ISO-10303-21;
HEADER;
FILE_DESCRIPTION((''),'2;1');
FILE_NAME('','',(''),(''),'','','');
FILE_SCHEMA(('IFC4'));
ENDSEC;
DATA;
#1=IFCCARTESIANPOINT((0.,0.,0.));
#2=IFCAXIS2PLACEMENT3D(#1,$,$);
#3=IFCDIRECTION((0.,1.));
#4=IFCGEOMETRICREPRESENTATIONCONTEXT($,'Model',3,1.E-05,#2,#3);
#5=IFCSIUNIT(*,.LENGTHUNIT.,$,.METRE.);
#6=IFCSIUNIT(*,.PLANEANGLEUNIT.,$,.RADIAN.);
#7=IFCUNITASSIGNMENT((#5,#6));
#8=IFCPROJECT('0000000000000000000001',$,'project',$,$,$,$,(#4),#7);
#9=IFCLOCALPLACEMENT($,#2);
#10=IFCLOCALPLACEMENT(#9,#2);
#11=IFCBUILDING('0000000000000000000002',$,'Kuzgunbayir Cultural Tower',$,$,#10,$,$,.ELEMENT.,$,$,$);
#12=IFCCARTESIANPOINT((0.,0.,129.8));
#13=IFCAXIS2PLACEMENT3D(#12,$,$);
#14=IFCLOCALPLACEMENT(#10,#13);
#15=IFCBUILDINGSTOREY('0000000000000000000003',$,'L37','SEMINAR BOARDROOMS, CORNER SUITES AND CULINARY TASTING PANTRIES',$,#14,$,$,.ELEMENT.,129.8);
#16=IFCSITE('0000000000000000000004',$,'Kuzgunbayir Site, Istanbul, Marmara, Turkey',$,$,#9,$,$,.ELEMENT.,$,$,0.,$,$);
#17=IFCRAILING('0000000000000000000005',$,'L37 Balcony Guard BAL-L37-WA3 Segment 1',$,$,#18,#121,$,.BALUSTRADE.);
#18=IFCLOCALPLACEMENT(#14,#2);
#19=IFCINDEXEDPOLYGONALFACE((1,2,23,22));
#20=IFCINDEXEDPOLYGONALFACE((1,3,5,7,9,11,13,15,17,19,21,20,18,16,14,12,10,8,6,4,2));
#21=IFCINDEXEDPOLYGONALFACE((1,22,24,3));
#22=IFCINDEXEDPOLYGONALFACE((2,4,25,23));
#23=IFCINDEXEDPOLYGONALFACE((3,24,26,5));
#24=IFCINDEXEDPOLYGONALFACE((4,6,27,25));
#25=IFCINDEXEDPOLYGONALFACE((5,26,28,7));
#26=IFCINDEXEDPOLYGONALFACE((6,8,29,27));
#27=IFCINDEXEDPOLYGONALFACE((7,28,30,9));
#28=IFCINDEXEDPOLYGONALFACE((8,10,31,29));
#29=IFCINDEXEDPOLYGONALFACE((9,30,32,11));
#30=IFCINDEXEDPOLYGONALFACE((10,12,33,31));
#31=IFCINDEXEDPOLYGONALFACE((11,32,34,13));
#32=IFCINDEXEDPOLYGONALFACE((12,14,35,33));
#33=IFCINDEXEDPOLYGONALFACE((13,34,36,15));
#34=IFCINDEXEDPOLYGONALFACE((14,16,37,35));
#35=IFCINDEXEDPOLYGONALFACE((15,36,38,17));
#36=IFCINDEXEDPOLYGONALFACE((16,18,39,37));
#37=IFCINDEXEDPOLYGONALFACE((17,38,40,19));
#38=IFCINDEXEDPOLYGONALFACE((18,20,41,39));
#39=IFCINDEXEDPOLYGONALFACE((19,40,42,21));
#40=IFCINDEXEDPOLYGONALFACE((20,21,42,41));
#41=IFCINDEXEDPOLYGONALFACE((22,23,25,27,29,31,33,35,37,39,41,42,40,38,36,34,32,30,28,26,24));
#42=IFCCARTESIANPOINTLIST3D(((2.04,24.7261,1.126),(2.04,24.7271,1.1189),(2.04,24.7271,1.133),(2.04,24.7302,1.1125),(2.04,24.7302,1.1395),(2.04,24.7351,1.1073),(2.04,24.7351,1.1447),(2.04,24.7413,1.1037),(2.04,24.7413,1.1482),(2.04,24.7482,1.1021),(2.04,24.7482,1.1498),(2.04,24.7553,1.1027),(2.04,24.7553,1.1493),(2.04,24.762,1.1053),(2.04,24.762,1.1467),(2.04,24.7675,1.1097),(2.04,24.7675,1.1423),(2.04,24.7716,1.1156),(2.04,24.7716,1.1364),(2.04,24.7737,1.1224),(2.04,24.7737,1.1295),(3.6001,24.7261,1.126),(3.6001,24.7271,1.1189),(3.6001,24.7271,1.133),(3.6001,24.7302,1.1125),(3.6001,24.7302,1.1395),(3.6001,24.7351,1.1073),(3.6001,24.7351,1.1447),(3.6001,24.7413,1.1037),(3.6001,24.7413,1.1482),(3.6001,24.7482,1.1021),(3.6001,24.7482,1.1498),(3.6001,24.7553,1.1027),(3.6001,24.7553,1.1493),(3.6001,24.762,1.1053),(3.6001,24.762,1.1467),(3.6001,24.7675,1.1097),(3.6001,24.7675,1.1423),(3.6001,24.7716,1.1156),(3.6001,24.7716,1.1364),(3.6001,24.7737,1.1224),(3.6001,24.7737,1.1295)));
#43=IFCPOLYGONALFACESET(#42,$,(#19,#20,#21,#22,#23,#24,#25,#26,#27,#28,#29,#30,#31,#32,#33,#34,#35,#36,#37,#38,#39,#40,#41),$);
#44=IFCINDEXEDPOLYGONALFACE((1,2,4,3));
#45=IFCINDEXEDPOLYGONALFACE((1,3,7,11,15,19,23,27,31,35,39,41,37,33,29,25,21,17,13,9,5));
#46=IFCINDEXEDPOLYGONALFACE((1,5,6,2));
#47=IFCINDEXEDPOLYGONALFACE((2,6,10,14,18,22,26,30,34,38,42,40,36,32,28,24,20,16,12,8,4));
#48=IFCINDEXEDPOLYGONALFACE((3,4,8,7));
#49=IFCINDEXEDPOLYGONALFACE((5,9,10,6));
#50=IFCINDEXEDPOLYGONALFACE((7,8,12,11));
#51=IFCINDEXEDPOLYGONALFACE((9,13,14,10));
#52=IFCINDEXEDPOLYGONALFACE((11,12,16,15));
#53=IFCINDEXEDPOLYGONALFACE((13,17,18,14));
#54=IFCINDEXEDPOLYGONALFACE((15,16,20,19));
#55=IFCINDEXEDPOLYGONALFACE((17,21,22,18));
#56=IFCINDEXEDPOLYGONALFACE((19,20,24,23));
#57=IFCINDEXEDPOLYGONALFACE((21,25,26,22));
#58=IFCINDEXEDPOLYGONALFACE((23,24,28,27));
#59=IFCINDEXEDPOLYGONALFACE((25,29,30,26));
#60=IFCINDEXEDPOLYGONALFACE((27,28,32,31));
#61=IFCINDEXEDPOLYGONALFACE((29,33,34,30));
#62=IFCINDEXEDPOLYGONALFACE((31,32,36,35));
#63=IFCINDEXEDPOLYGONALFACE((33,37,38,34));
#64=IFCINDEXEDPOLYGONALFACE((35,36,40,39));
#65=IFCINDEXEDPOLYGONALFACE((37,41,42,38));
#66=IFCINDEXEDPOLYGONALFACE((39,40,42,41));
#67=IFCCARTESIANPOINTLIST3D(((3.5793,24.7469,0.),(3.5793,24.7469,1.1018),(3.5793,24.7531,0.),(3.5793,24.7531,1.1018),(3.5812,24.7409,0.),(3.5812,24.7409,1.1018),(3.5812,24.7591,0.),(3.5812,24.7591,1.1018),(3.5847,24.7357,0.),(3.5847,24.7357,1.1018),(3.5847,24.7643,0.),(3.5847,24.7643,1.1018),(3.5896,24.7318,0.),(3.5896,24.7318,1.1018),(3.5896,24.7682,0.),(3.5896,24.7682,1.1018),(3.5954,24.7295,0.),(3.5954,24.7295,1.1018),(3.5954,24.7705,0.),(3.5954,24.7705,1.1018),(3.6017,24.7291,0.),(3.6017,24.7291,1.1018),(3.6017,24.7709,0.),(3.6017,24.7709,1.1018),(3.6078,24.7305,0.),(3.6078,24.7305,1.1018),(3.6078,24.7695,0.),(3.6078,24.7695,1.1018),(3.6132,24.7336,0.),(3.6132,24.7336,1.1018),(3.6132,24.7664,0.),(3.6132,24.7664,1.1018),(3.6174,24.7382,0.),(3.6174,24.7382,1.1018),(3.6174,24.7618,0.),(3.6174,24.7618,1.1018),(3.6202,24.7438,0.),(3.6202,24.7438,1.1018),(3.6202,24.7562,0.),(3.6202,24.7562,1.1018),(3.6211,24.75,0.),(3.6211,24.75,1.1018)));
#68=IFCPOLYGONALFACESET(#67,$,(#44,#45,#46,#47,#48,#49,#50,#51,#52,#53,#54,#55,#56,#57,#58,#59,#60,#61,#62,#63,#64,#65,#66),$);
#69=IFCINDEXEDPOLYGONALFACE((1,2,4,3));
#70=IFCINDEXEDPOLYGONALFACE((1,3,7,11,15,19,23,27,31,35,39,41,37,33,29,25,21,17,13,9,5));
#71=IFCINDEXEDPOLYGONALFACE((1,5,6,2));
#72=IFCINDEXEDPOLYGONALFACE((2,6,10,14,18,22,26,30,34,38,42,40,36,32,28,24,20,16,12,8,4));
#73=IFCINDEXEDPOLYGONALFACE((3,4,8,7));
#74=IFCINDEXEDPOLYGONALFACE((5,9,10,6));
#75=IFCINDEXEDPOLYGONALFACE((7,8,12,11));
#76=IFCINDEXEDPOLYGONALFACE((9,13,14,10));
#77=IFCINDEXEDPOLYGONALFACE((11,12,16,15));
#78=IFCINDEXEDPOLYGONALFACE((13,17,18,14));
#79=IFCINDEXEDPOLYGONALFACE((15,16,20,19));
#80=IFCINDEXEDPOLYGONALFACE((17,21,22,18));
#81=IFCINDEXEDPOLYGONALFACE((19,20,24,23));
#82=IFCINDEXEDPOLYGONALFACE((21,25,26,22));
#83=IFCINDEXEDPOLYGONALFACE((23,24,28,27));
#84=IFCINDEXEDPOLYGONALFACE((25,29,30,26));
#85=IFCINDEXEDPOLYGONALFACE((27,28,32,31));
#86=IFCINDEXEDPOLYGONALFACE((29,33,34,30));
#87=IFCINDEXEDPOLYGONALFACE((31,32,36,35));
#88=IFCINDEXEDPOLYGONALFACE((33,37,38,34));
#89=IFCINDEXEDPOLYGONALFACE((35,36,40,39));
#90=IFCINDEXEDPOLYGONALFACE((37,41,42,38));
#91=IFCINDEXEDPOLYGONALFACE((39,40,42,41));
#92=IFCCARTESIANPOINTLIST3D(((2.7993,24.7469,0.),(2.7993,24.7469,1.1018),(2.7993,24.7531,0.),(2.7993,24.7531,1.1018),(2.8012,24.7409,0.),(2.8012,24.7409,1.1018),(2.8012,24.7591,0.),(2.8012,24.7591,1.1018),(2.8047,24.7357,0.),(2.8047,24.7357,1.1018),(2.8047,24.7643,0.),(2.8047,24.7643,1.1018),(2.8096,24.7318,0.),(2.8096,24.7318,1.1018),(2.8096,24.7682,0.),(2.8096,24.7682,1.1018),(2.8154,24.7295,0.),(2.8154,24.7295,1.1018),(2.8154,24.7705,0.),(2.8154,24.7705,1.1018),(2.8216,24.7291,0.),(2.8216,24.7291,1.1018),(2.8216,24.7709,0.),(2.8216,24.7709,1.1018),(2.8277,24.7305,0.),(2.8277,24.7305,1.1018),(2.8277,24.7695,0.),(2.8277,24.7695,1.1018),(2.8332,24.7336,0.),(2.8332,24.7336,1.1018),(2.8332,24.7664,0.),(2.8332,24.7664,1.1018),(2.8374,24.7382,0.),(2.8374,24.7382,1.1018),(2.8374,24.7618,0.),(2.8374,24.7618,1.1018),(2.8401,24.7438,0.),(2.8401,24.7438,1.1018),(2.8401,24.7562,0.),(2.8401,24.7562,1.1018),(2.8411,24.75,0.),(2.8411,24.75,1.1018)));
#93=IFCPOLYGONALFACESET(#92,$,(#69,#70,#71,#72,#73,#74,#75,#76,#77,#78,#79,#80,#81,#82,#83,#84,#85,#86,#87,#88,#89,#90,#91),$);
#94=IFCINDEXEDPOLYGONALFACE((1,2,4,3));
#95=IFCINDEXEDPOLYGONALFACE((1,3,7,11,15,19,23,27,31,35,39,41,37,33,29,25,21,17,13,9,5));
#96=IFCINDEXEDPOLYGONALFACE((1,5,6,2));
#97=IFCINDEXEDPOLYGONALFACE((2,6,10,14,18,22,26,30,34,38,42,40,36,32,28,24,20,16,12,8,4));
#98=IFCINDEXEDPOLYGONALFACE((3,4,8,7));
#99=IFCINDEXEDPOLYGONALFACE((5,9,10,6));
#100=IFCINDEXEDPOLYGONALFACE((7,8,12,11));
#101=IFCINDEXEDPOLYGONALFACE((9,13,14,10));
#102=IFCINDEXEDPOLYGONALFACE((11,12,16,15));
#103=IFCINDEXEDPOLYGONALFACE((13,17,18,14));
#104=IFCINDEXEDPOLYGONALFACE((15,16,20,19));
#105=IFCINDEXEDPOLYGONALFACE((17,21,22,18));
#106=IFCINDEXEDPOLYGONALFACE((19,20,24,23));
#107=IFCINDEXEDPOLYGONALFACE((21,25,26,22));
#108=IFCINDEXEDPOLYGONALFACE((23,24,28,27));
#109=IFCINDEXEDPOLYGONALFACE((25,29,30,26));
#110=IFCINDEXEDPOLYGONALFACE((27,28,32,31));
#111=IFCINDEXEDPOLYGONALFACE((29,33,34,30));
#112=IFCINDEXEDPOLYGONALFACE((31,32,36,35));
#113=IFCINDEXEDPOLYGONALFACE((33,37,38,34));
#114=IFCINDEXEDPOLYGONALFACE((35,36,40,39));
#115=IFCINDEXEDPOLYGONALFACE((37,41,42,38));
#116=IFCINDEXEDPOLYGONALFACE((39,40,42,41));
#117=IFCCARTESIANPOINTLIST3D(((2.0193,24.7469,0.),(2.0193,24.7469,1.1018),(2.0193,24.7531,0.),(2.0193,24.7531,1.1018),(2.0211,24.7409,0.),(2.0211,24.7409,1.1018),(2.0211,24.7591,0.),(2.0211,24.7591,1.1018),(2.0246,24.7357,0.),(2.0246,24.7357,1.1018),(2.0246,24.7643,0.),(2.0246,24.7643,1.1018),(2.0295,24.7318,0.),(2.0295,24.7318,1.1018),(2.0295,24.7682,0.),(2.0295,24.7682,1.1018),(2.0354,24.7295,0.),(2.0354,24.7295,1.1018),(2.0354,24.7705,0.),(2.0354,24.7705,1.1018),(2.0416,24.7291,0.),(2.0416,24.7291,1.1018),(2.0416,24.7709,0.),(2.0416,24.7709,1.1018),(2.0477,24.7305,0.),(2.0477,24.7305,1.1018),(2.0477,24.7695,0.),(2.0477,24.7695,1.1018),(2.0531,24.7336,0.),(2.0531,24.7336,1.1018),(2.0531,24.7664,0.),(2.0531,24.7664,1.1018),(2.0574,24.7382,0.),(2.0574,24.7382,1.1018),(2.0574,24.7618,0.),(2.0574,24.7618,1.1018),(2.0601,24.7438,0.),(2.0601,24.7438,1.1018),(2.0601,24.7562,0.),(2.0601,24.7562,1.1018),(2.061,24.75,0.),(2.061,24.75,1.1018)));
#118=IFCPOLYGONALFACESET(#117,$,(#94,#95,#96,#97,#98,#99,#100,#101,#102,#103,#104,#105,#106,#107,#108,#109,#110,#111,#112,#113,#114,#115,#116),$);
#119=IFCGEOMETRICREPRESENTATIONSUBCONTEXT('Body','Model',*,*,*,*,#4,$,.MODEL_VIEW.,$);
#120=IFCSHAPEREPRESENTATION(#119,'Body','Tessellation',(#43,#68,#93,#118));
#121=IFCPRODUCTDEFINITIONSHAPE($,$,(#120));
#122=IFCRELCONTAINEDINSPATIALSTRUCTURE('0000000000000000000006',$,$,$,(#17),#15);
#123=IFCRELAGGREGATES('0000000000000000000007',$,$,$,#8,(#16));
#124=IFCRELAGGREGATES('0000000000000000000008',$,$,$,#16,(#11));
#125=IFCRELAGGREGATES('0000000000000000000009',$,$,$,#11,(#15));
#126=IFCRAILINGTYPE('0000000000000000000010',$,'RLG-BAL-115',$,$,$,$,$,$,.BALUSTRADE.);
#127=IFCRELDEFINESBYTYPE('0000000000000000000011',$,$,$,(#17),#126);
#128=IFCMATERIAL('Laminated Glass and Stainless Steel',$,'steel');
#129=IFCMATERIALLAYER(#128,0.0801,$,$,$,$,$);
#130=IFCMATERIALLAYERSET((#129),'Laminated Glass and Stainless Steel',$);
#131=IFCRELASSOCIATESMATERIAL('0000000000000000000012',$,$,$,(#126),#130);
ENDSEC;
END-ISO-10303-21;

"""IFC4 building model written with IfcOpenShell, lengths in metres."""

from ifc_helpers import new_model, si_unit, direction, frame, origin, origin_2d, place, context, subcontext, project, spatial, circle, extrude, material, layer, layer_set, type_object, element, save


model = new_model("IFC4")

# Units and contexts
model_context = context("Model", 3, precision=1e-05, world=origin(), true_north=direction((0.0, 1.0)))
body_context = subcontext(model_context, "Body", "Model", "MODEL_VIEW")
ifc_project = project(units=[si_unit("LENGTHUNIT", "METRE"), si_unit("PLANEANGLEUNIT", "RADIAN")], contexts=[model_context])

# Site, building, storey
site_placement = place(None, origin())
site = spatial("IfcSite", under=ifc_project, at=site_placement, Name="Kuzgunbayir Site, Istanbul, Marmara, Turkey", CompositionType="ELEMENT", RefElevation=0.0)
building_placement = place(site_placement, origin())
building = spatial("IfcBuilding", under=site, at=building_placement, Name="Kuzgunbayir Cultural Tower", CompositionType="ELEMENT")
storey_placement = place(building_placement, frame((0.0, 0.0, 129.8)))
storey = spatial("IfcBuildingStorey", under=building, at=storey_placement, Name="L37", Description="SEMINAR BOARDROOMS, CORNER SUITES AND CULINARY TASTING PANTRIES", CompositionType="ELEMENT", Elevation=129.8)

# Railing
ifc_material_1 = material(Name="Laminated Glass and Stainless Steel", Category="steel")
ifc_layer_1 = layer(ifc_material_1, 0.0801)
ifc_layer_set_1 = layer_set([ifc_layer_1], Name="Laminated Glass and Stainless Steel")
railing_type = type_object("IfcRailingType", Name="RLG-BAL-115", PredefinedType="BALUSTRADE", material=ifc_layer_set_1)
railing_1_placement = place(storey_placement, frame((3.6001, 24.75, 0.0)))
element("IfcRailing", 1, at=railing_1_placement, inside=storey, type_object=railing_type, Name="L37 Balcony Guard BAL-L37-WA3 Segment 1", PredefinedType="BALUSTRADE", context=body_context, shape_type="SweptSolid", body=[
    extrude(circle(Radius=0.0239, at=origin_2d()), frame((0.0, 0.0, 1.126), z_axis=(-1.0, 0.0, 0.0), x_axis=(0.0, -1.0, 0.0)), (0.0, 0.0, 1.0), 1.5601),
    extrude(circle(Radius=0.021, at=origin_2d()), origin(), (0.0, 0.0, 1.0), 1.1018),
    extrude(circle(Radius=0.021, at=origin_2d()), frame((-0.78, 0.0, 0.0)), (0.0, 0.0, 1.0), 1.1018),
    extrude(circle(Radius=0.021, at=origin_2d()), frame((-1.5601, 0.0, 0.0)), (0.0, 0.0, 1.0), 1.1018),
])

save(model, "model.ifc")
